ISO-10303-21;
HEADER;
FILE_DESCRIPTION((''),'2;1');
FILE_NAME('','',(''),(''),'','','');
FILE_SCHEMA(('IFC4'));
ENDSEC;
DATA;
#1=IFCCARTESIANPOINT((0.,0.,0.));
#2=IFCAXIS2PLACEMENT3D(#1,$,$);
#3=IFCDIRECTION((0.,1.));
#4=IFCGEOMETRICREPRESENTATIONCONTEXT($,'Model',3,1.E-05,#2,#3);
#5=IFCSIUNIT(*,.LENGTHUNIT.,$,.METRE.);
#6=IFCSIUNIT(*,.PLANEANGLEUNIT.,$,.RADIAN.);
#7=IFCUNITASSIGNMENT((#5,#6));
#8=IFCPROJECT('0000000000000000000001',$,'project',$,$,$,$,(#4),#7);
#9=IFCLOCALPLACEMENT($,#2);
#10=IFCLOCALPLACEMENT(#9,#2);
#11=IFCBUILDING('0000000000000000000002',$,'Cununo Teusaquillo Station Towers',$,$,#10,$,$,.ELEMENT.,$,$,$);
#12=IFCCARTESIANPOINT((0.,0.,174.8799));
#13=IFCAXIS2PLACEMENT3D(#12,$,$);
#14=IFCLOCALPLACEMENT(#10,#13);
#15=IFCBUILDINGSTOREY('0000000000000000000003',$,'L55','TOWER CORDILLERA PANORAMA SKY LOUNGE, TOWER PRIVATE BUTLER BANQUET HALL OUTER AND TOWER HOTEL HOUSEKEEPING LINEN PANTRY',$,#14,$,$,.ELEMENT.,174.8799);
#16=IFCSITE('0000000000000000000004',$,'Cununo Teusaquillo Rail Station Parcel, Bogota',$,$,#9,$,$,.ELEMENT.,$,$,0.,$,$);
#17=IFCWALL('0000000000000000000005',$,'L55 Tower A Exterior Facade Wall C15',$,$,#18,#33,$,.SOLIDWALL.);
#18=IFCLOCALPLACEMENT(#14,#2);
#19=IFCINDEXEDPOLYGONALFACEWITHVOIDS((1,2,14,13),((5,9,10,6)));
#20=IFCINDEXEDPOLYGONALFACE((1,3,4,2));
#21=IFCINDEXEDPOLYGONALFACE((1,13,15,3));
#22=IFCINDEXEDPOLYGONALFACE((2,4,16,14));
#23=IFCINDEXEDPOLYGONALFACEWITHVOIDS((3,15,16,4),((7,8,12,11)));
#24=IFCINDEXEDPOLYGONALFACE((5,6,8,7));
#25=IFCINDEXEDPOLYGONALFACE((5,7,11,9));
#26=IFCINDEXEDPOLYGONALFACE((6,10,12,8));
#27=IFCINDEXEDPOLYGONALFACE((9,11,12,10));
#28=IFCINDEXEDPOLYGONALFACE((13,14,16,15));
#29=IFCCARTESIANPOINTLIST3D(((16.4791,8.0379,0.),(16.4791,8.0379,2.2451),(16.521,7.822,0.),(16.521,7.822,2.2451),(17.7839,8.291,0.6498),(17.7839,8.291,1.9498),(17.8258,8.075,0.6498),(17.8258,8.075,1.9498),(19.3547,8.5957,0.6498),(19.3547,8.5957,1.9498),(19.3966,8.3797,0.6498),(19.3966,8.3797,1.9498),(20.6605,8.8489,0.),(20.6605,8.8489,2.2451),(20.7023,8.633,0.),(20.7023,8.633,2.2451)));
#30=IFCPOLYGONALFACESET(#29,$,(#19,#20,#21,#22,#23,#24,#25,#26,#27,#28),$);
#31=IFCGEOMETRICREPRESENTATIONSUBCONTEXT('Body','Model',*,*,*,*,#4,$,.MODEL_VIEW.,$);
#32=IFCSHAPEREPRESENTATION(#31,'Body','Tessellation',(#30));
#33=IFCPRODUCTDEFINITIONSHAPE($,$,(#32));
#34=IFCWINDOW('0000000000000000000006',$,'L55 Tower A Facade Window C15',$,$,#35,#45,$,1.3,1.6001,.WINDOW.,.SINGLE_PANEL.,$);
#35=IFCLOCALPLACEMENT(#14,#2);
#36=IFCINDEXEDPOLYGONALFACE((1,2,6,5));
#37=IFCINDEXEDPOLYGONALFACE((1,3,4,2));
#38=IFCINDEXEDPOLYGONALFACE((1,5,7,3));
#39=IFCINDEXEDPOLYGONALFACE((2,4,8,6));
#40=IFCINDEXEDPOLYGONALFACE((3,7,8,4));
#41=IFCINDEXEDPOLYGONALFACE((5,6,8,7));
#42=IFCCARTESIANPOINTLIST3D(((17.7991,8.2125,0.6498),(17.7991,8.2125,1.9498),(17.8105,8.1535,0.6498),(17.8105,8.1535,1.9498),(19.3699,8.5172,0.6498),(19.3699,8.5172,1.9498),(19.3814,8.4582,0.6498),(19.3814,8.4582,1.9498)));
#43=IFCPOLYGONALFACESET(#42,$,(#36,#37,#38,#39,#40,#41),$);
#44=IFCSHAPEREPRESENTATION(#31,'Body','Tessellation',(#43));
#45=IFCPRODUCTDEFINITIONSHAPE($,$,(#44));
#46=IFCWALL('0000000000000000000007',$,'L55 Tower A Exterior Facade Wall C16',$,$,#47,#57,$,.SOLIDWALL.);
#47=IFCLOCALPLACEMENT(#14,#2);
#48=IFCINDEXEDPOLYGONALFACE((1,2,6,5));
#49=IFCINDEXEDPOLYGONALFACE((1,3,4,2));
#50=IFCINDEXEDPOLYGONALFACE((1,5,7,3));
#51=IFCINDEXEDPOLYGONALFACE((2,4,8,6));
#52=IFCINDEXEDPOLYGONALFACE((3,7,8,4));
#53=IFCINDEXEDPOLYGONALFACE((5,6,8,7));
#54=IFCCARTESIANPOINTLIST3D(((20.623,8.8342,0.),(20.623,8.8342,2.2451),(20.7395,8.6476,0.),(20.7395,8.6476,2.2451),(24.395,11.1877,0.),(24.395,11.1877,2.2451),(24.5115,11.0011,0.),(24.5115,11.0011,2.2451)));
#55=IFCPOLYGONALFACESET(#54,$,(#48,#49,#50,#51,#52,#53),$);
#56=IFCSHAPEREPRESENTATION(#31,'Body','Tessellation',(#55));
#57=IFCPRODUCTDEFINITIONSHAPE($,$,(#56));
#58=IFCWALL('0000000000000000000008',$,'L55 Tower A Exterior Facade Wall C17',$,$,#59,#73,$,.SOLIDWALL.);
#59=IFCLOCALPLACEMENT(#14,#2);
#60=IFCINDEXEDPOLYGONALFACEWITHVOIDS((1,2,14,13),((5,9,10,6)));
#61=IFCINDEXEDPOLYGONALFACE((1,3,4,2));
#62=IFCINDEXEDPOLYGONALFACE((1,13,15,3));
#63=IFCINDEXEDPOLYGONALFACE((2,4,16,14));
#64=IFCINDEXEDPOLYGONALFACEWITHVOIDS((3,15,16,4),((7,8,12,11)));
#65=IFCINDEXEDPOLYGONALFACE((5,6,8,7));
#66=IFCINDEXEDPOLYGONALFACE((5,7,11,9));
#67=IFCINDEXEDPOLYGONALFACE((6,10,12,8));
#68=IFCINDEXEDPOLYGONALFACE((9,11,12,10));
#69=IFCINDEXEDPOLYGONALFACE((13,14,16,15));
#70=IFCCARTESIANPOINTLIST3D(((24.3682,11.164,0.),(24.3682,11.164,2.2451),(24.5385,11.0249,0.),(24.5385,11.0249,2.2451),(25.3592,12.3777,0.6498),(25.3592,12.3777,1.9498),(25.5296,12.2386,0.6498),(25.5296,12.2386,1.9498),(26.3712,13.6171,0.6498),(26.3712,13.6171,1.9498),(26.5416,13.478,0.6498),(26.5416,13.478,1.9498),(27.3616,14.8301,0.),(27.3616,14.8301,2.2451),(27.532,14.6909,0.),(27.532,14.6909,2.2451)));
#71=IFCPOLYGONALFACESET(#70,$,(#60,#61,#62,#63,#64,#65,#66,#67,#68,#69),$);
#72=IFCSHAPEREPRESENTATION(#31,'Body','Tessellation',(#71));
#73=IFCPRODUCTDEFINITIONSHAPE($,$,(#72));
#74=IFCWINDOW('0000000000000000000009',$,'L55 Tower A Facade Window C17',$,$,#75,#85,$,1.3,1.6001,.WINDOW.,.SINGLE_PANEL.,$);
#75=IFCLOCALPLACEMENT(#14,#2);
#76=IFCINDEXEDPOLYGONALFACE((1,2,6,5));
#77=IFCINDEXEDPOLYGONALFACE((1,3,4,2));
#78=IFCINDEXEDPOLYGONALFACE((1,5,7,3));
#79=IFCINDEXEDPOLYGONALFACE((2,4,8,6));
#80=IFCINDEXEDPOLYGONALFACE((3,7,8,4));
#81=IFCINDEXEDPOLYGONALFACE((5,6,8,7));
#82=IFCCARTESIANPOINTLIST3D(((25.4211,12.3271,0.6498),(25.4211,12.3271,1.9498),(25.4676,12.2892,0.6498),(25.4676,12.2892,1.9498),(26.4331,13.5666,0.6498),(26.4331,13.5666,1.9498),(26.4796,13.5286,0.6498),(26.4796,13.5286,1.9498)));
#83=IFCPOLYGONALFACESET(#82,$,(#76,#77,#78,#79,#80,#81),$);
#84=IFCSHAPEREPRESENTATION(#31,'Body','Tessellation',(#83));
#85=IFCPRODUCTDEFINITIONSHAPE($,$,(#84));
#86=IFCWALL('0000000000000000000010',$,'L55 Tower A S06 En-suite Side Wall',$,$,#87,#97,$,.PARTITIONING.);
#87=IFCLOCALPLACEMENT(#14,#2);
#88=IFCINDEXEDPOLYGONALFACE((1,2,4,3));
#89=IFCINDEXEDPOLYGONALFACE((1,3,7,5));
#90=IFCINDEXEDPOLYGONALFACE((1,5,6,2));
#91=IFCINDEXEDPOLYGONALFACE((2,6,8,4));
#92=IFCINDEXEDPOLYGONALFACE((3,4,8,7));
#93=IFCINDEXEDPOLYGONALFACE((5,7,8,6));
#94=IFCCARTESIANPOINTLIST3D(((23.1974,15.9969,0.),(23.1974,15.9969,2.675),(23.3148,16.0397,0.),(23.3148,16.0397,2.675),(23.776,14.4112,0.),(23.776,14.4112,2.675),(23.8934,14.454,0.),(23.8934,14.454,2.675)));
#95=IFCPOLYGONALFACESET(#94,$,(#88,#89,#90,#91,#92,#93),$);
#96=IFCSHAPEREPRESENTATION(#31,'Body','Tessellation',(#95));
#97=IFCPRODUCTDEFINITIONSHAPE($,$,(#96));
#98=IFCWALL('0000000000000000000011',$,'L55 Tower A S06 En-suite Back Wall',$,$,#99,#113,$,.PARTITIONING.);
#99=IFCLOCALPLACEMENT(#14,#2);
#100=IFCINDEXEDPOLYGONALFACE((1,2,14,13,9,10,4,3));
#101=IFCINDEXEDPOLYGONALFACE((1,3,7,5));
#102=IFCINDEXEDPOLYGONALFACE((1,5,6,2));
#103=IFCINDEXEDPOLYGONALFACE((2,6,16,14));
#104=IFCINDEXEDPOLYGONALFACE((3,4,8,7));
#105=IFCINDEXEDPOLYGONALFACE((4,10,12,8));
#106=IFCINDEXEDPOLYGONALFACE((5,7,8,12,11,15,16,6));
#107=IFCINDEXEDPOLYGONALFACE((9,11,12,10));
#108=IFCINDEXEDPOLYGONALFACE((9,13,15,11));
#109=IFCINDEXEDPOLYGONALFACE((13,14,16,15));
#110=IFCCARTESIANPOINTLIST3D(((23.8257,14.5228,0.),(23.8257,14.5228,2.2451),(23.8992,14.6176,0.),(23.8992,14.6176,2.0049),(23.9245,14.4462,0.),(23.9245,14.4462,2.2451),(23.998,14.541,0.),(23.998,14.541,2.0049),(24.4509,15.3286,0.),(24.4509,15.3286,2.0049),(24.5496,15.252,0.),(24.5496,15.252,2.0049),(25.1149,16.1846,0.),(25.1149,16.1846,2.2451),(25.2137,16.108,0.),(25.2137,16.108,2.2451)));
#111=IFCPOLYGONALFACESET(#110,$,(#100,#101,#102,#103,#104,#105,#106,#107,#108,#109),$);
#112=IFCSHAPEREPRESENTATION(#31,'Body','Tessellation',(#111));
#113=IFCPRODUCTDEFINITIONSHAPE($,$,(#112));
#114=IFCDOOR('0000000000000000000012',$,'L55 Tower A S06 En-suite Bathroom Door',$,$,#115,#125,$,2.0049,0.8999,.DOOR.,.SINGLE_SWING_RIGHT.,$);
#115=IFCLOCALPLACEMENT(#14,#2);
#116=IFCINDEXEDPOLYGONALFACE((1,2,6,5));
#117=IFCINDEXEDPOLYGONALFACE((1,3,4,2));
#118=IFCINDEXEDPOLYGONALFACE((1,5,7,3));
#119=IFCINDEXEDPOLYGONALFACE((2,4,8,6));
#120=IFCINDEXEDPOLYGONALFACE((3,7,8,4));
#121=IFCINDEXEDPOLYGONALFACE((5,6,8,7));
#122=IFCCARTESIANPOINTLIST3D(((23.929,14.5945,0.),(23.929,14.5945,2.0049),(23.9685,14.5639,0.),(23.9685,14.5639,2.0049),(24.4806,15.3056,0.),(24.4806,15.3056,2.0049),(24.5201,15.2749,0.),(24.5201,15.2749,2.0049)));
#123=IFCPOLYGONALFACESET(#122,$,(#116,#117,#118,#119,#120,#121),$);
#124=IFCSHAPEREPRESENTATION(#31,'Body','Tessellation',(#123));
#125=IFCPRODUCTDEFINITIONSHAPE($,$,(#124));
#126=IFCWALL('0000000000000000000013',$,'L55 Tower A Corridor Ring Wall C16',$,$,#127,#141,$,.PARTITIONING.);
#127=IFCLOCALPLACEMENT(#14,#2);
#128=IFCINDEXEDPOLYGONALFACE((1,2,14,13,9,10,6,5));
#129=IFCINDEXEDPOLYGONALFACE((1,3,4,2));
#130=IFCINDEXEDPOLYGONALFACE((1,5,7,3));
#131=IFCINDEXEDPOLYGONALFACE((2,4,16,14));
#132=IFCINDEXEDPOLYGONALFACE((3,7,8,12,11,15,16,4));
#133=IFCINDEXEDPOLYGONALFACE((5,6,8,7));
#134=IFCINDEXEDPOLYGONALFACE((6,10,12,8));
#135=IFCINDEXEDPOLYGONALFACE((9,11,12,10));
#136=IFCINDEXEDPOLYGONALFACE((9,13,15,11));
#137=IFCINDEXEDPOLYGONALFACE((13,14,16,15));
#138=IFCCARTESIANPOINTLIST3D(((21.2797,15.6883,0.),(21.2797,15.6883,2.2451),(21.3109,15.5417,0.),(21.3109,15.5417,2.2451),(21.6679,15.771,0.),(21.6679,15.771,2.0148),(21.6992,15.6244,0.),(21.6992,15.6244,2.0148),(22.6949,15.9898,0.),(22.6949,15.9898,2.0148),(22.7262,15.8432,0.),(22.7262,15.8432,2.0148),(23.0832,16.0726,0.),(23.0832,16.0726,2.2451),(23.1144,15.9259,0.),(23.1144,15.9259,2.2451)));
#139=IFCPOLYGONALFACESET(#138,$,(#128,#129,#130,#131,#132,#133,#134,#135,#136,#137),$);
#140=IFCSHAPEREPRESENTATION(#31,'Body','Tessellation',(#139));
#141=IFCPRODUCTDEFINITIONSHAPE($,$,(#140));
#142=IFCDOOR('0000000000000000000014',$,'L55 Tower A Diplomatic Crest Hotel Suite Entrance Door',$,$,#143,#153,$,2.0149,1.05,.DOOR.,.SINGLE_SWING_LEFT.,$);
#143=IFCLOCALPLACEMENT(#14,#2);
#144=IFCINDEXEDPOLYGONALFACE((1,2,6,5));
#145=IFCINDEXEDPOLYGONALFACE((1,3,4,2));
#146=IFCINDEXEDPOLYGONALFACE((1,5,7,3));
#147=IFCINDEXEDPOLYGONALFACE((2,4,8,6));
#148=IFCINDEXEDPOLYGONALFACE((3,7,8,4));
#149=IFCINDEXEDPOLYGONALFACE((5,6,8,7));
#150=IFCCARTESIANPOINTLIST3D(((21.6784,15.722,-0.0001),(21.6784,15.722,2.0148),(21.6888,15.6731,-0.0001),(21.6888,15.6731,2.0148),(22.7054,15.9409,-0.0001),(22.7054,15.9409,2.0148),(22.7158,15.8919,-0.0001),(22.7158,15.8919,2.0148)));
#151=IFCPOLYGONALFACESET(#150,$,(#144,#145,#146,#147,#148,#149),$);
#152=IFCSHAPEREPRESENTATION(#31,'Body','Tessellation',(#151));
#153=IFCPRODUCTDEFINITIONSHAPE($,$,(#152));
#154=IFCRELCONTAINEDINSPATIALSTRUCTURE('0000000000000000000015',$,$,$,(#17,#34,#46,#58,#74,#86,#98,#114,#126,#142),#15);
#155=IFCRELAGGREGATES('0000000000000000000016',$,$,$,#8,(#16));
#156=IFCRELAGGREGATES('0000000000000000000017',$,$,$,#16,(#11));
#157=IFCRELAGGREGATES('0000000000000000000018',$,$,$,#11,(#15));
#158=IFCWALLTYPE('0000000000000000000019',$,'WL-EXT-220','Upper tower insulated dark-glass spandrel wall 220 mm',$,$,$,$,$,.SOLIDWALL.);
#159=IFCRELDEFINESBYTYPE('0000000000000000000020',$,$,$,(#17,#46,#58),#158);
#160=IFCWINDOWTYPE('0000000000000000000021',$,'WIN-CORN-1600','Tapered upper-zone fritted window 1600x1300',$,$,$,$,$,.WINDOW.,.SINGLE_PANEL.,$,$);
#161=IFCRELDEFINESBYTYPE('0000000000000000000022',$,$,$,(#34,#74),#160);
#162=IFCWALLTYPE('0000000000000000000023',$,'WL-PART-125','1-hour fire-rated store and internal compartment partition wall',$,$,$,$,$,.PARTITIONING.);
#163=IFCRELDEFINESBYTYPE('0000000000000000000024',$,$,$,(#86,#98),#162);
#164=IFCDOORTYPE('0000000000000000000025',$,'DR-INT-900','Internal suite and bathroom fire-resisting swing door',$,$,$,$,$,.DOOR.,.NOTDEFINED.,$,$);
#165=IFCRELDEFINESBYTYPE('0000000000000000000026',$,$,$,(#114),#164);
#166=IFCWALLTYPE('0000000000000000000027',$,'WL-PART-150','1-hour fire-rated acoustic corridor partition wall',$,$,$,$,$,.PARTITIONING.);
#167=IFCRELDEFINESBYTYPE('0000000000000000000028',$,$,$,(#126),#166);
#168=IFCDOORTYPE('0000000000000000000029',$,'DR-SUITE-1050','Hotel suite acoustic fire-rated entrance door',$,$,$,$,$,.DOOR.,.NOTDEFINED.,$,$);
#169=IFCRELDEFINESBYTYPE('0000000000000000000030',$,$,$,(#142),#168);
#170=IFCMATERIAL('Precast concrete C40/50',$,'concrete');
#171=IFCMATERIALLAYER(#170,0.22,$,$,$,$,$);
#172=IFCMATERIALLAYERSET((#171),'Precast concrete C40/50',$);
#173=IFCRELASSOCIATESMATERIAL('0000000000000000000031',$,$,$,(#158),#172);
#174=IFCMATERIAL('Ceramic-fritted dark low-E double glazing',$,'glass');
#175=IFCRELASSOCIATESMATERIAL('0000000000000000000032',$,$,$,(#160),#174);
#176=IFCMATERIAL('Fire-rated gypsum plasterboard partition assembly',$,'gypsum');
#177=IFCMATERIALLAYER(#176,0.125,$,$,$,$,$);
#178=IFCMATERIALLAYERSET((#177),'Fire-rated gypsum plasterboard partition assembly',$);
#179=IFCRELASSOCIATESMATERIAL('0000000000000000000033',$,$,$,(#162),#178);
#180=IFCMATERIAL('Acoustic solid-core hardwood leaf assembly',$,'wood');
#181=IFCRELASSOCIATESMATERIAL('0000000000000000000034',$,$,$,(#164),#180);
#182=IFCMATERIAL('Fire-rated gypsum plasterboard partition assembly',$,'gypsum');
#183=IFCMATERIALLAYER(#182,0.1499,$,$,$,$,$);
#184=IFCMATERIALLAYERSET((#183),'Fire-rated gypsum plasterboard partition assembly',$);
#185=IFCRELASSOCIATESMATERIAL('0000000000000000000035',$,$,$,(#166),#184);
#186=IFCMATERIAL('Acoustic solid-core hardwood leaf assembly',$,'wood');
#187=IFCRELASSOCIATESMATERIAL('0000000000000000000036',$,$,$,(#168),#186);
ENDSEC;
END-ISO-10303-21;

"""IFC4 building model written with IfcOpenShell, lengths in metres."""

from ifc_helpers import new_model, si_unit, direction, frame, frame_2d, origin, place, context, subcontext, project, spatial, rectangle, extrude, source, transform, mapped, material, layer, layer_set, type_object, element, fill, save


model = new_model("IFC4")

# Units and contexts
model_context = context("Model", 3, precision=1e-05, world=origin(), true_north=direction((0.0, 1.0)))
body_context = subcontext(model_context, "Body", "Model", "MODEL_VIEW")
ifc_project = project(units=[si_unit("LENGTHUNIT", "METRE"), si_unit("PLANEANGLEUNIT", "RADIAN")], contexts=[model_context])

# Site, building, storey
site_placement = place(None, origin())
site = spatial("IfcSite", under=ifc_project, at=site_placement, Name="Cununo Teusaquillo Rail Station Parcel, Bogota", CompositionType="ELEMENT", RefElevation=0.0)
building_placement = place(site_placement, origin())
building = spatial("IfcBuilding", under=site, at=building_placement, Name="Cununo Teusaquillo Station Towers", CompositionType="ELEMENT")
storey_placement = place(building_placement, frame((0.0, 0.0, 174.8799)))
storey = spatial("IfcBuildingStorey", under=building, at=storey_placement, Name="L55", Description="TOWER CORDILLERA PANORAMA SKY LOUNGE, TOWER PRIVATE BUTLER BANQUET HALL OUTER AND TOWER HOTEL HOUSEKEEPING LINEN PANTRY", CompositionType="ELEMENT", Elevation=174.8799)

# Wall, opening, window
ifc_material_1 = material(Name="Precast concrete C40/50", Category="concrete")
ifc_layer_1 = layer(ifc_material_1, 0.22)
ifc_layer_set_1 = layer_set([ifc_layer_1], Name="Precast concrete C40/50")
wall_type_1 = type_object("IfcWallType", Name="WL-EXT-220", Description="Upper tower insulated dark-glass spandrel wall 220 mm", PredefinedType="SOLIDWALL", material=ifc_layer_set_1)
shared_shape_1 = source(origin(), body_context, "Body", "SweptSolid", [
    extrude(rectangle(XDim=1.6001, YDim=1.3, at=frame_2d((0.8, 0.6499))), frame((0.0, 0.1199, 0.0), z_axis=(0.0, -1.0, 0.0), x_axis=(1.0, 0.0, 0.0)), (0.0, 0.0, 1.0), 0.24),
])
ifc_material_2 = material(Name="Ceramic-fritted dark low-E double glazing", Category="glass")
window_type = type_object("IfcWindowType", Name="WIN-CORN-1600", Description="Tapered upper-zone fritted window 1600x1300", PartitioningType="SINGLE_PANEL", PredefinedType="WINDOW", material=ifc_material_2)
shared_shape_2 = source(origin(), body_context, "Body", "SweptSolid", [
    extrude(rectangle(XDim=1.6001, YDim=1.3, at=frame_2d((0.8, 0.6499))), frame((0.0, 0.03, 0.0), z_axis=(0.0, -1.0, 0.0), x_axis=(1.0, 0.0, 0.0)), (0.0, 0.0, 1.0), 0.0601),
])
wall_1_placement = place(storey_placement, frame((20.6814, 8.741, 0.0), z_axis=(0.0, 0.0, 1.0), x_axis=(-0.981704, -0.190414, 0.0)))
wall_1 = element("IfcWall", 1, at=wall_1_placement, inside=storey, type_object=wall_type_1, Name="L55 Tower A Exterior Facade Wall C15", PredefinedType="SOLIDWALL", context=body_context, shape_type="SweptSolid", body=[
    extrude(rectangle(XDim=4.2593, YDim=0.22, at=frame_2d((2.1296, 0.0))), origin(), (0.0, 0.0, 1.0), 2.2451),
])
opening_1_placement = place(wall_1_placement, frame((1.3301, 0.0, 0.6499)))
opening_1 = element("IfcOpeningElement", 2, at=opening_1_placement, cuts=wall_1, PredefinedType="OPENING", context=body_context, shape_type="MappedRepresentation", body=[
    mapped(shared_shape_1, transform((0.0, 0.0, 0.0), x_axis=(1.0, 0.0, 0.0), y_axis=(0.0, 1.0, 0.0), z_axis=(0.0, 0.0, 1.0), scale=1.0)),
])
window_1_placement = place(opening_1_placement, origin())
window_1 = element("IfcWindow", 3, at=window_1_placement, inside=storey, type_object=window_type, Name="L55 Tower A Facade Window C15", OverallHeight=1.3, OverallWidth=1.6001, PartitioningType="SINGLE_PANEL", PredefinedType="WINDOW", context=body_context, shape_type="MappedRepresentation", body=[
    mapped(shared_shape_2, transform((0.0, 0.0, 0.0), x_axis=(1.0, 0.0, 0.0), y_axis=(0.0, 1.0, 0.0), z_axis=(0.0, 0.0, 1.0), scale=1.0)),
])
fill(opening_1, window_1)

# Wall
wall_2_placement = place(storey_placement, frame((24.4534, 11.0945, 0.0), z_axis=(0.0, 0.0, 1.0), x_axis=(-0.848399, -0.529357, 0.0)))
element("IfcWall", 4, at=wall_2_placement, inside=storey, type_object=wall_type_1, Name="L55 Tower A Exterior Facade Wall C16", PredefinedType="SOLIDWALL", context=body_context, shape_type="SweptSolid", body=[
    extrude(rectangle(XDim=4.446, YDim=0.22, at=frame_2d((2.2231, 0.0))), origin(), (0.0, 0.0, 1.0), 2.2451),
])

# Wall, opening, window
wall_3_placement = place(storey_placement, frame((27.4468, 14.7605, 0.0), z_axis=(0.0, 0.0, 1.0), x_axis=(-0.632471, -0.774584, 0.0)))
wall_3 = element("IfcWall", 5, at=wall_3_placement, inside=storey, type_object=wall_type_1, Name="L55 Tower A Exterior Facade Wall C17", PredefinedType="SOLIDWALL", context=body_context, shape_type="SweptSolid", body=[
    extrude(rectangle(XDim=4.7329, YDim=0.22, at=frame_2d((2.3665, 0.0))), origin(), (0.0, 0.0, 1.0), 2.2451),
])
opening_2_placement = place(wall_3_placement, frame((1.5659, 0.0, 0.6499)))
opening_2 = element("IfcOpeningElement", 6, at=opening_2_placement, cuts=wall_3, PredefinedType="OPENING", context=body_context, shape_type="MappedRepresentation", body=[
    mapped(shared_shape_1, transform((0.0, 0.0, 0.0), x_axis=(1.0, 0.0, 0.0), y_axis=(0.0, 1.0, 0.0), z_axis=(0.0, 0.0, 1.0), scale=1.0)),
])
window_2_placement = place(opening_2_placement, origin())
window_2 = element("IfcWindow", 7, at=window_2_placement, inside=storey, type_object=window_type, Name="L55 Tower A Facade Window C17", OverallHeight=1.3, OverallWidth=1.6001, PartitioningType="SINGLE_PANEL", PredefinedType="WINDOW", context=body_context, shape_type="MappedRepresentation", body=[
    mapped(shared_shape_2, transform((0.0, 0.0, 0.0), x_axis=(1.0, 0.0, 0.0), y_axis=(0.0, 1.0, 0.0), z_axis=(0.0, 0.0, 1.0), scale=1.0)),
])
fill(opening_2, window_2)

# Wall
ifc_material_3 = material(Name="Fire-rated gypsum plasterboard partition assembly", Category="gypsum")
ifc_layer_2 = layer(ifc_material_3, 0.125)
ifc_layer_set_2 = layer_set([ifc_layer_2], Name="Fire-rated gypsum plasterboard partition assembly")
wall_type_2 = type_object("IfcWallType", Name="WL-PART-125", Description="1-hour fire-rated store and internal compartment partition wall", PredefinedType="PARTITIONING", material=ifc_layer_set_2)
wall_4_placement = place(storey_placement, frame((23.2561, 16.0183, 0.0), z_axis=(0.0, 0.0, 1.0), x_axis=(0.342788, -0.939413, 0.0)))
element("IfcWall", 8, at=wall_4_placement, inside=storey, type_object=wall_type_2, Name="L55 Tower A S06 En-suite Side Wall", PredefinedType="PARTITIONING", context=body_context, shape_type="SweptSolid", body=[
    extrude(rectangle(XDim=1.688, YDim=0.125, at=frame_2d((0.844, 0.0))), origin(), (0.0, 0.0, 1.0), 2.675),
])

# Walls, openings, doors
wall_5_placement = place(storey_placement, frame((23.875, 14.4844, 0.0), z_axis=(0.0, 0.0, 1.0), x_axis=(0.612976, 0.790102, 0.0)))
wall_5 = element("IfcWall", 9, at=wall_5_placement, inside=storey, type_object=wall_type_2, Name="L55 Tower A S06 En-suite Back Wall", PredefinedType="PARTITIONING", context=body_context, shape_type="SweptSolid", body=[
    extrude(rectangle(XDim=2.1033, YDim=0.125, at=frame_2d((1.0518, 0.0))), origin(), (0.0, 0.0, 1.0), 2.2451),
])
shared_shape_3 = source(origin(), body_context, "Body", "SweptSolid", [
    extrude(rectangle(XDim=0.8999, YDim=2.0049, at=frame_2d((0.45, 1.0024))), frame((0.0, 0.0725, 0.0), z_axis=(0.0, -1.0, 0.0), x_axis=(1.0, 0.0, 0.0)), (0.0, 0.0, 1.0), 0.145),
])
opening_3_placement = place(wall_5_placement, frame((0.1201, 0.0, 0.0)))
opening_3 = element("IfcOpeningElement", 10, at=opening_3_placement, cuts=wall_5, PredefinedType="OPENING", context=body_context, shape_type="MappedRepresentation", body=[
    mapped(shared_shape_3, transform((0.0, 0.0, 0.0), x_axis=(1.0, 0.0, 0.0), y_axis=(0.0, 1.0, 0.0), z_axis=(0.0, 0.0, 1.0), scale=1.0)),
])
ifc_material_4 = material(Name="Acoustic solid-core hardwood leaf assembly", Category="wood")
door_type_1 = type_object("IfcDoorType", Name="DR-INT-900", Description="Internal suite and bathroom fire-resisting swing door", OperationType="NOTDEFINED", PredefinedType="DOOR", material=ifc_material_4)
shared_shape_4 = source(origin(), body_context, "Body", "SweptSolid", [
    extrude(rectangle(XDim=0.8999, YDim=2.0049, at=frame_2d((0.45, 1.0024))), frame((0.0, 0.0249, 0.0), z_axis=(0.0, -1.0, 0.0), x_axis=(1.0, 0.0, 0.0)), (0.0, 0.0, 1.0), 0.05),
])
door_1_placement = place(opening_3_placement, origin())
door_1 = element("IfcDoor", 11, at=door_1_placement, inside=storey, type_object=door_type_1, Name="L55 Tower A S06 En-suite Bathroom Door", OperationType="SINGLE_SWING_RIGHT", OverallHeight=2.0049, OverallWidth=0.8999, PredefinedType="DOOR", context=body_context, shape_type="MappedRepresentation", body=[
    mapped(shared_shape_4, transform((0.0, 0.0, 0.0), x_axis=(1.0, 0.0, 0.0), y_axis=(0.0, 1.0, 0.0), z_axis=(0.0, 0.0, 1.0), scale=1.0)),
])
fill(opening_3, door_1)
ifc_material_5 = material(Name="Fire-rated gypsum plasterboard partition assembly", Category="gypsum")
ifc_layer_3 = layer(ifc_material_5, 0.1499)
ifc_layer_set_3 = layer_set([ifc_layer_3], Name="Fire-rated gypsum plasterboard partition assembly")
wall_type_3 = type_object("IfcWallType", Name="WL-PART-150", Description="1-hour fire-rated acoustic corridor partition wall", PredefinedType="PARTITIONING", material=ifc_layer_set_3)
wall_6_placement = place(storey_placement, frame((21.2954, 15.615, 0.0), z_axis=(0.0, 0.0, 1.0), x_axis=(0.978044, 0.208399, 0.0)))
wall_6 = element("IfcWall", 12, at=wall_6_placement, inside=storey, type_object=wall_type_3, Name="L55 Tower A Corridor Ring Wall C16", PredefinedType="PARTITIONING", context=body_context, shape_type="SweptSolid", body=[
    extrude(rectangle(XDim=1.844, YDim=0.1499, at=frame_2d((0.9219, 0.0))), origin(), (0.0, 0.0, 1.0), 2.2451),
])
shared_shape_5 = source(origin(), body_context, "Body", "SweptSolid", [
    extrude(rectangle(XDim=1.05, YDim=2.0149, at=frame_2d((0.5249, 1.0073))), frame((0.0, 0.085, 0.0), z_axis=(0.0, -1.0, 0.0), x_axis=(1.0, 0.0, 0.0)), (0.0, 0.0, 1.0), 0.1699),
])
opening_4_placement = place(wall_6_placement, frame((0.397, 0.0, 0.0)))
opening_4 = element("IfcOpeningElement", 13, at=opening_4_placement, cuts=wall_6, PredefinedType="OPENING", context=body_context, shape_type="MappedRepresentation", body=[
    mapped(shared_shape_5, transform((0.0, 0.0, 0.0), x_axis=(1.0, 0.0, 0.0), y_axis=(0.0, 1.0, 0.0), z_axis=(0.0, 0.0, 1.0), scale=1.0)),
])
ifc_material_6 = material(Name="Acoustic solid-core hardwood leaf assembly", Category="wood")
door_type_2 = type_object("IfcDoorType", Name="DR-SUITE-1050", Description="Hotel suite acoustic fire-rated entrance door", OperationType="NOTDEFINED", PredefinedType="DOOR", material=ifc_material_6)
shared_shape_6 = source(origin(), body_context, "Body", "SweptSolid", [
    extrude(rectangle(XDim=1.05, YDim=2.0149, at=frame_2d((0.5249, 1.0073))), frame((0.0, 0.0249, 0.0), z_axis=(0.0, -1.0, 0.0), x_axis=(1.0, 0.0, 0.0)), (0.0, 0.0, 1.0), 0.05),
])
door_2_placement = place(opening_4_placement, origin())
door_2 = element("IfcDoor", 14, at=door_2_placement, inside=storey, type_object=door_type_2, Name="L55 Tower A Diplomatic Crest Hotel Suite Entrance Door", OperationType="SINGLE_SWING_LEFT", OverallHeight=2.0149, OverallWidth=1.05, PredefinedType="DOOR", context=body_context, shape_type="MappedRepresentation", body=[
    mapped(shared_shape_6, transform((0.0, 0.0, 0.0), x_axis=(1.0, 0.0, 0.0), y_axis=(0.0, 1.0, 0.0), z_axis=(0.0, 0.0, 1.0), scale=1.0)),
])
fill(opening_4, door_2)

save(model, "model.ifc")
